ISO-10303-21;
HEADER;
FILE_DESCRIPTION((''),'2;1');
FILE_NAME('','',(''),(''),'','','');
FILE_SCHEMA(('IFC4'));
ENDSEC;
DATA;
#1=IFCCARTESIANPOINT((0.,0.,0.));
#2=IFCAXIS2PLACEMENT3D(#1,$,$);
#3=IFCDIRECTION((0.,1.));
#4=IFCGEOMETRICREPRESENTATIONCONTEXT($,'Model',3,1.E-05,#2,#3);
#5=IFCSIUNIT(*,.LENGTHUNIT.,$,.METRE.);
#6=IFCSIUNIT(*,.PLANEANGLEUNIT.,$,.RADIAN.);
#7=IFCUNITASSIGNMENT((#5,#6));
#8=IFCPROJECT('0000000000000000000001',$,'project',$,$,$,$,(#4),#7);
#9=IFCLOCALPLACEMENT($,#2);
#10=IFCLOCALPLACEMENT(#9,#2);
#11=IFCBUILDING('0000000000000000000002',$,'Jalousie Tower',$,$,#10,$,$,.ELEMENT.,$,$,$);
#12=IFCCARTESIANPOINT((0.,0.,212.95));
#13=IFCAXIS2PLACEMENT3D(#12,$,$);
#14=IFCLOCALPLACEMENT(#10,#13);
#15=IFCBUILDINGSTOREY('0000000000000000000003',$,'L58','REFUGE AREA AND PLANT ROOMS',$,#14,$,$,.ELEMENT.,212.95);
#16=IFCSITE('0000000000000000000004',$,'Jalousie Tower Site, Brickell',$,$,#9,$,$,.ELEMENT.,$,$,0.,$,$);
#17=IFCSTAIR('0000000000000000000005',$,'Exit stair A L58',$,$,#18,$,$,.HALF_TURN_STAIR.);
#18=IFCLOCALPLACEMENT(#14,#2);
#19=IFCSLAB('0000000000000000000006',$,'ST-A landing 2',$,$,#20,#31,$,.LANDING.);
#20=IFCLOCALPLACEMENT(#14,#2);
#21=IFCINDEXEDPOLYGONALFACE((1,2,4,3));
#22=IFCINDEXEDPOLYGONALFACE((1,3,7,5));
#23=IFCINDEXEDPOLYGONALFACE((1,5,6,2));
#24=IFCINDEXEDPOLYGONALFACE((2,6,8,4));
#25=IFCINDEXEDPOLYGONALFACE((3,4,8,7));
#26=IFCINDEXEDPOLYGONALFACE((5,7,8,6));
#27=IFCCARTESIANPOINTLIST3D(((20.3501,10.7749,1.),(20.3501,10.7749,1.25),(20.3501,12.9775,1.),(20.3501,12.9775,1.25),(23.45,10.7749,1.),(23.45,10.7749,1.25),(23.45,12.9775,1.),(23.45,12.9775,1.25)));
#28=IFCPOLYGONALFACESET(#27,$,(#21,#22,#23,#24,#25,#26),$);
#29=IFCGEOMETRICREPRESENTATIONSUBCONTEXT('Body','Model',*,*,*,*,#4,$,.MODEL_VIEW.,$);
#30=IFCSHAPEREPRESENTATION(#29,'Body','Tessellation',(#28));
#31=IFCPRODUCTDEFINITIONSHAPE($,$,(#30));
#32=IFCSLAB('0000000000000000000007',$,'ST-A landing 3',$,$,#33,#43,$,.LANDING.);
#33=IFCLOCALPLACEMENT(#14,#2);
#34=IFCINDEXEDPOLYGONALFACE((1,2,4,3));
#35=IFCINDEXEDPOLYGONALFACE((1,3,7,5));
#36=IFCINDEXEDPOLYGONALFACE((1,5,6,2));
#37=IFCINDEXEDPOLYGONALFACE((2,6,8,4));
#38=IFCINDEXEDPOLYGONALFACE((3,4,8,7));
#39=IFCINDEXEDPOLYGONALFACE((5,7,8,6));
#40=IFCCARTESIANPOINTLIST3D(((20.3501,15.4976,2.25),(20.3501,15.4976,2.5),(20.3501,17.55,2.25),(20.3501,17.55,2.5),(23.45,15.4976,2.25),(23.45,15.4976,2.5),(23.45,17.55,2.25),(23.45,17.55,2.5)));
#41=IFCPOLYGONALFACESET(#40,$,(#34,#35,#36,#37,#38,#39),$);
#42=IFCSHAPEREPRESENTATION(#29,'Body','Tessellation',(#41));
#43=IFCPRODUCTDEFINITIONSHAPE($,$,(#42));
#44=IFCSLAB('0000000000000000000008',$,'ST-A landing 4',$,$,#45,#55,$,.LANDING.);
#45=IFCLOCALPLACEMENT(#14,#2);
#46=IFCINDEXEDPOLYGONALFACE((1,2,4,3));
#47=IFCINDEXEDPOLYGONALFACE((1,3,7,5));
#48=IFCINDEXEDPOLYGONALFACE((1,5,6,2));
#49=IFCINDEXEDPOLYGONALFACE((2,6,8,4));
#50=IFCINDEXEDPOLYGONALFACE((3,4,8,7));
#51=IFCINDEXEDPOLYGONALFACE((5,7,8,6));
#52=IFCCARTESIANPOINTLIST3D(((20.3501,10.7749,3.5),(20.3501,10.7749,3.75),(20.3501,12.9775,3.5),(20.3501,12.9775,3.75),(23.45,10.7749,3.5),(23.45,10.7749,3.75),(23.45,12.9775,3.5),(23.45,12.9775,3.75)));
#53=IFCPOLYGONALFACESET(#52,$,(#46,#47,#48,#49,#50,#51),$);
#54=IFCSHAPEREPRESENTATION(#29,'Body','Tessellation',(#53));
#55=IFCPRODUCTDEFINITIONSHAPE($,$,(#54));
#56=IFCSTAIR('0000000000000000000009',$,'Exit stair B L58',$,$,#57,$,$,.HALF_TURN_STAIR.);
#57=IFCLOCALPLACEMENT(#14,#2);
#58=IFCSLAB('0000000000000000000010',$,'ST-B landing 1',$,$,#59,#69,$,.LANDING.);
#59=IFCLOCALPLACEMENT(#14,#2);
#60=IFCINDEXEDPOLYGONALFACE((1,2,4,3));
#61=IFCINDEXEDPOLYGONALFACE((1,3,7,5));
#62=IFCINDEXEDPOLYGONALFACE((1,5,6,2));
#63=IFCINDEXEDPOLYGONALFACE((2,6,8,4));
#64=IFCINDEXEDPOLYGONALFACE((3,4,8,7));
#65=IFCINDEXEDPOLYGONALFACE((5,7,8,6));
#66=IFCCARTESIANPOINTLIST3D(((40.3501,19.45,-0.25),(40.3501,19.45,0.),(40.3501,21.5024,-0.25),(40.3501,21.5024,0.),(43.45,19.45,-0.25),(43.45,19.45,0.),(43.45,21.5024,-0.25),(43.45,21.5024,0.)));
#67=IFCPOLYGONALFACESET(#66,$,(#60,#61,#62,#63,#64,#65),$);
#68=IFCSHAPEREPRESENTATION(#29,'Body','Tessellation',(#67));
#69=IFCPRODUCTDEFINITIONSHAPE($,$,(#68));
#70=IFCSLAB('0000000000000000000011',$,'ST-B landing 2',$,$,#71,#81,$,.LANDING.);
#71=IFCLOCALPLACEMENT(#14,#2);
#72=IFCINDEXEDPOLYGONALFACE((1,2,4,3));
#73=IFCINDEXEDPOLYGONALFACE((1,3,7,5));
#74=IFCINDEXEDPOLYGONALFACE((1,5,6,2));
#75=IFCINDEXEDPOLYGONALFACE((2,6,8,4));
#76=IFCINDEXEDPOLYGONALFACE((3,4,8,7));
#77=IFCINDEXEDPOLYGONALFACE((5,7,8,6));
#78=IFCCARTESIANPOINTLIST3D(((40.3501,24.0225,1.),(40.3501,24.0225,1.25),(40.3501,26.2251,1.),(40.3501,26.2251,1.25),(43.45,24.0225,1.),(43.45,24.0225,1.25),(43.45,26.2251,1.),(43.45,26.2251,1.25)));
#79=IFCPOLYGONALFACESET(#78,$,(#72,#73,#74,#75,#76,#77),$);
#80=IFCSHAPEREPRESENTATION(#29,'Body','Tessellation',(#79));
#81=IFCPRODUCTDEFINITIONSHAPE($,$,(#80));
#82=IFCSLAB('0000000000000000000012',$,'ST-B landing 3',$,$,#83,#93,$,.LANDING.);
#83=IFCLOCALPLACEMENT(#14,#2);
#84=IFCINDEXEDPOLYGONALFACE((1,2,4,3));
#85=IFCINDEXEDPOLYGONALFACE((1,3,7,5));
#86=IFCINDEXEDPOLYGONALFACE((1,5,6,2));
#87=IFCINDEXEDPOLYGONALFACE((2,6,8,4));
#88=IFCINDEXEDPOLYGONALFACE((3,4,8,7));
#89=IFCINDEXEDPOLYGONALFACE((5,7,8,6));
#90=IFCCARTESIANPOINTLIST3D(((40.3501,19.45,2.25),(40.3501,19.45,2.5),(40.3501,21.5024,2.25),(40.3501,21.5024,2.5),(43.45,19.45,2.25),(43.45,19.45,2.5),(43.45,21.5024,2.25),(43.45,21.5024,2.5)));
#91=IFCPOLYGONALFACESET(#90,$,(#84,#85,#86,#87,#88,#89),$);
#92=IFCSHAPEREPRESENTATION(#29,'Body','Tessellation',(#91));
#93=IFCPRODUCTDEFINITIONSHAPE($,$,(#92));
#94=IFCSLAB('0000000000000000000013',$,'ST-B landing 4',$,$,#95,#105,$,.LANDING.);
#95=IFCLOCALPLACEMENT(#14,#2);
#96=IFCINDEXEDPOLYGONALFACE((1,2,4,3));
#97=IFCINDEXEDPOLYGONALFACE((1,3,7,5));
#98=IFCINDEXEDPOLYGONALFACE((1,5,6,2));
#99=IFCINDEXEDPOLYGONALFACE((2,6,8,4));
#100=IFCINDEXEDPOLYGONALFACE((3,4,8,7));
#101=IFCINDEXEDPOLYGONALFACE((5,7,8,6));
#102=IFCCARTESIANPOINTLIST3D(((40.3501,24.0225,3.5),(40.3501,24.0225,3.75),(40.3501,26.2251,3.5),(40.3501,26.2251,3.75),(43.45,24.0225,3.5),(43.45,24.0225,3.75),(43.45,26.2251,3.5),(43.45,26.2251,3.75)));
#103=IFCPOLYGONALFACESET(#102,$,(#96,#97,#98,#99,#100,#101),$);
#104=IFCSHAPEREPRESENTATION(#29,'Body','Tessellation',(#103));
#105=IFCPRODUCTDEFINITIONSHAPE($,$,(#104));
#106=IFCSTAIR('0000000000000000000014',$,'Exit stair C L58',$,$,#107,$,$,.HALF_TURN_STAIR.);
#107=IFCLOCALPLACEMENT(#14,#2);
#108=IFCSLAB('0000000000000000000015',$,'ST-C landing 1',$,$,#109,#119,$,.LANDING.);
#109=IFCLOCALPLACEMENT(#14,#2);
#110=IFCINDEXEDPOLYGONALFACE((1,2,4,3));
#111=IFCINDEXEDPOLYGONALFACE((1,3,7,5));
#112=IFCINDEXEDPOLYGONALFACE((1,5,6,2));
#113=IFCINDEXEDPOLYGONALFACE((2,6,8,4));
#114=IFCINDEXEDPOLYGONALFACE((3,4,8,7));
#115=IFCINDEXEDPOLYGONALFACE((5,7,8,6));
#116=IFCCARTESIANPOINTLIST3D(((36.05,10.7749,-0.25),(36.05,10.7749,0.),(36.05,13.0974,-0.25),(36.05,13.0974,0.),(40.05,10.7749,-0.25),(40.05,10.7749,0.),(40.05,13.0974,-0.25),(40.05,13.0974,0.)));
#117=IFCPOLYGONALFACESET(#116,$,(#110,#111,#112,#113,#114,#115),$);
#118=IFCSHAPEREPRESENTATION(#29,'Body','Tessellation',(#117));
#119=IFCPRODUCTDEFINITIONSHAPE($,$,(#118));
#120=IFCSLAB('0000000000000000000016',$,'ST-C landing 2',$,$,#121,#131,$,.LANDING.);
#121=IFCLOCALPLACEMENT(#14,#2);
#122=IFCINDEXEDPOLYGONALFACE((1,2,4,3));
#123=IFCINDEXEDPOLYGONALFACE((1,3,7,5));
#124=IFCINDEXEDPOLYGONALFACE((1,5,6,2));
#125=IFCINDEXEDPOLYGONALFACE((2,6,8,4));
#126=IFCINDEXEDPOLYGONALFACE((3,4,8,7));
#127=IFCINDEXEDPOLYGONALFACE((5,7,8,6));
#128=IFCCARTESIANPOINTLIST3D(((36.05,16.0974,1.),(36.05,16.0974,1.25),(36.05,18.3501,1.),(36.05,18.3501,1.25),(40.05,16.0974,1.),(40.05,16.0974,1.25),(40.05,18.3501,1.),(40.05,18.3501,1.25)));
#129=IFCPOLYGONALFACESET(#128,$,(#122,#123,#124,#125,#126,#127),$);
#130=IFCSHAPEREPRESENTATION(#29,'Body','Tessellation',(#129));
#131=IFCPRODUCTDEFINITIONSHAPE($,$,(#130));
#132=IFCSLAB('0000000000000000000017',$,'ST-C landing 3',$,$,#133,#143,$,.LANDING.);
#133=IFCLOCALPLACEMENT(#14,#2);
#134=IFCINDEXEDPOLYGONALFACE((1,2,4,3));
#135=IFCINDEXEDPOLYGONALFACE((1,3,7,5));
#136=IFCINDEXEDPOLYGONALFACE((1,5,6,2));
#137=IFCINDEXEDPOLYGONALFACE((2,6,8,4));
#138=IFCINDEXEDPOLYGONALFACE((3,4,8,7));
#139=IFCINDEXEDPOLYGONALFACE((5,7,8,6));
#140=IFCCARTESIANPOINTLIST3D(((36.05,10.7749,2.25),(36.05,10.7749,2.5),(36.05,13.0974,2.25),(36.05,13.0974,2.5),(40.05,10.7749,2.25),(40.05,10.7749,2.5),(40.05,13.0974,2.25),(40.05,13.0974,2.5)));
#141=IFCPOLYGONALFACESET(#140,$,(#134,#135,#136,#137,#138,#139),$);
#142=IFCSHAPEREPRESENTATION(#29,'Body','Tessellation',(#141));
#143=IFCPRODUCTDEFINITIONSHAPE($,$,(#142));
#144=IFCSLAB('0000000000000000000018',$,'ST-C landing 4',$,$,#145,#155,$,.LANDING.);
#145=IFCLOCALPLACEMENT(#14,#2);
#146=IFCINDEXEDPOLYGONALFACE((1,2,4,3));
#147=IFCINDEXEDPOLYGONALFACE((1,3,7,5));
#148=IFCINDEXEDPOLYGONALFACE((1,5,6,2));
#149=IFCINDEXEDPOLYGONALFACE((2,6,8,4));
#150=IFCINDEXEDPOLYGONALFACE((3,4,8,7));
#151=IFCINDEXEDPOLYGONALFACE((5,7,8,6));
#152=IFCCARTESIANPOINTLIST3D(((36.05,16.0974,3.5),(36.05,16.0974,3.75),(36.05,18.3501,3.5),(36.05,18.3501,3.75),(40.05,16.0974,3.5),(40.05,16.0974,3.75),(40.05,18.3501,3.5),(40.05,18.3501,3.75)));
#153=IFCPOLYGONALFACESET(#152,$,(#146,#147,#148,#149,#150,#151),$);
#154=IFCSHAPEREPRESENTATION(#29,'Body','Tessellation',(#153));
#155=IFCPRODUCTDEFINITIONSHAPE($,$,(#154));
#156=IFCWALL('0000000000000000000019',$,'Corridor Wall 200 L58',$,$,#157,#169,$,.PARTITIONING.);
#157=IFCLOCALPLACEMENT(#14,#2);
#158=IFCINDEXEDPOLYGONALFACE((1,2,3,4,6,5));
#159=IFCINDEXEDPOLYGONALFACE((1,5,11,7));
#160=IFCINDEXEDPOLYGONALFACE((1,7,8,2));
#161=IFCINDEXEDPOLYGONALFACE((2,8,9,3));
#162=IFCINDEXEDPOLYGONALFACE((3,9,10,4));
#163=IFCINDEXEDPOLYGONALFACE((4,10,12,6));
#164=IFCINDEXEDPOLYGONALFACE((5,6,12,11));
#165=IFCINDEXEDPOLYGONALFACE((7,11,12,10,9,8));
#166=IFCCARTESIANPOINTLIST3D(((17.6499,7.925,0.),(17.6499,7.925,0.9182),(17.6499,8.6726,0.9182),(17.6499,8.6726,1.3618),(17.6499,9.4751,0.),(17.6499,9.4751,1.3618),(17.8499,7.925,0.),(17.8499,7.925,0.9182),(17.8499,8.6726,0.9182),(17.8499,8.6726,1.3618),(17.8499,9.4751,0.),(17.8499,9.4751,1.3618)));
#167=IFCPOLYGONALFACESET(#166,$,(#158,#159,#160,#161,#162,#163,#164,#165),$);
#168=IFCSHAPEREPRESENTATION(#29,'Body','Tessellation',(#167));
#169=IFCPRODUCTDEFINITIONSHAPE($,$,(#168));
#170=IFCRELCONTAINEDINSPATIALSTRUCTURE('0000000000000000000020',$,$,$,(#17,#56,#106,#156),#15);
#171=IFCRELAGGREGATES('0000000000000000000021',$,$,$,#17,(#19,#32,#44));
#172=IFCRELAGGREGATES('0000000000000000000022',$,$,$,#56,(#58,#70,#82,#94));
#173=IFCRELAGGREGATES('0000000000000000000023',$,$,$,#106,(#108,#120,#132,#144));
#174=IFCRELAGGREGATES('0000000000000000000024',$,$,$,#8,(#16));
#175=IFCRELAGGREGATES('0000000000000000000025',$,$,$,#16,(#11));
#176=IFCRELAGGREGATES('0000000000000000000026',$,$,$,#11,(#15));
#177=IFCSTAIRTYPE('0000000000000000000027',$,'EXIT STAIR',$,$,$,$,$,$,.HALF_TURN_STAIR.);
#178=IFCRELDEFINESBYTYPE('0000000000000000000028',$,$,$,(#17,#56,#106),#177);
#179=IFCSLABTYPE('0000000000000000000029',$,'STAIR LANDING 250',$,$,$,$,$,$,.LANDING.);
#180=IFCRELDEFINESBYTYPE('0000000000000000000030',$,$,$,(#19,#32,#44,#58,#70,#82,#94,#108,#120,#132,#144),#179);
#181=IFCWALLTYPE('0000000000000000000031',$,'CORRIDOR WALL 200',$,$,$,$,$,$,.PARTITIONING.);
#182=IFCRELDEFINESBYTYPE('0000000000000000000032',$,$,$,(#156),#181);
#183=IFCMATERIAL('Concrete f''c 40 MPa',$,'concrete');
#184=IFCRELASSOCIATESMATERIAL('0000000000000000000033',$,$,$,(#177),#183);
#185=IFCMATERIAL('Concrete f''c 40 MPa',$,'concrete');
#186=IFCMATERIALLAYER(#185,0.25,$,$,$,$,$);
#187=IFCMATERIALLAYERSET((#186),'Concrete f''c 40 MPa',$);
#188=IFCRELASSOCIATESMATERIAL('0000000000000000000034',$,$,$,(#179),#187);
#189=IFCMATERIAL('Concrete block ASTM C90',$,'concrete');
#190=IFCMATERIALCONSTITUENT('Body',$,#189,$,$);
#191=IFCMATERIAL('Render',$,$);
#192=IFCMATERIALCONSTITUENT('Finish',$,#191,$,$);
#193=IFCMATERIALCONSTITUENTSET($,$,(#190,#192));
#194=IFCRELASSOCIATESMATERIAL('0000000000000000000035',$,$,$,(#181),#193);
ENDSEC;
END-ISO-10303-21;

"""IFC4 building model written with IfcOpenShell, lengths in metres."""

from ifc_helpers import new_model, si_unit, direction, frame, origin, place, context, subcontext, project, spatial, polyline, outline, extrude, material, layer, layer_set, constituent, constituent_set, type_object, element, aggregate, save


model = new_model("IFC4")

# Units and contexts
model_context = context("Model", 3, precision=1e-05, world=origin(), true_north=direction((0.0, 1.0)))
body_context = subcontext(model_context, "Body", "Model", "MODEL_VIEW")
ifc_project = project(units=[si_unit("LENGTHUNIT", "METRE"), si_unit("PLANEANGLEUNIT", "RADIAN")], contexts=[model_context])

# Site, building, storey
site_placement = place(None, origin())
site = spatial("IfcSite", under=ifc_project, at=site_placement, Name="Jalousie Tower Site, Brickell", CompositionType="ELEMENT", RefElevation=0.0)
building_placement = place(site_placement, origin())
building = spatial("IfcBuilding", under=site, at=building_placement, Name="Jalousie Tower", CompositionType="ELEMENT")
storey_placement = place(building_placement, frame((0.0, 0.0, 212.95)))
storey = spatial("IfcBuildingStorey", under=building, at=storey_placement, Name="L58", Description="REFUGE AREA AND PLANT ROOMS", CompositionType="ELEMENT", Elevation=212.95)

# Stairs, slabs
ifc_material_1 = material(Name="Concrete f'c 40 MPa", Category="concrete")
stair_type = type_object("IfcStairType", Name="EXIT STAIR", PredefinedType="HALF_TURN_STAIR", material=ifc_material_1)
stair_1_placement = place(storey_placement, origin())
stair_1 = element("IfcStair", 1, at=stair_1_placement, inside=storey, type_object=stair_type, Name="Exit stair A L58", PredefinedType="HALF_TURN_STAIR")
ifc_material_2 = material(Name="Concrete f'c 40 MPa", Category="concrete")
ifc_layer_1 = layer(ifc_material_2, 0.25)
ifc_layer_set_1 = layer_set([ifc_layer_1], Name="Concrete f'c 40 MPa")
slab_type_1 = type_object("IfcSlabType", Name="STAIR LANDING 250", PredefinedType="LANDING", material=ifc_layer_set_1)
slab_1_placement = place(storey_placement, frame((0.0, 0.0, 1.0)))
slab_1 = element("IfcSlab", 2, at=slab_1_placement, type_object=slab_type_1, Name="ST-A landing 2", PredefinedType="LANDING", context=body_context, shape_type="SweptSolid", body=[
    extrude(outline(polyline([(20.3501, 10.7749), (23.45, 10.7749), (23.45, 12.9775), (20.3501, 12.9775), (20.3501, 10.7749)])), origin(), (0.0, 0.0, 1.0), 0.25),
])
slab_2_placement = place(storey_placement, frame((0.0, 0.0, 2.25)))
slab_2 = element("IfcSlab", 3, at=slab_2_placement, type_object=slab_type_1, Name="ST-A landing 3", PredefinedType="LANDING", context=body_context, shape_type="SweptSolid", body=[
    extrude(outline(polyline([(20.3501, 15.4976), (23.45, 15.4976), (23.45, 17.55), (20.3501, 17.55), (20.3501, 15.4976)])), origin(), (0.0, 0.0, 1.0), 0.25),
])
slab_3_placement = place(storey_placement, frame((0.0, 0.0, 3.5)))
slab_3 = element("IfcSlab", 4, at=slab_3_placement, type_object=slab_type_1, Name="ST-A landing 4", PredefinedType="LANDING", context=body_context, shape_type="SweptSolid", body=[
    extrude(outline(polyline([(20.3501, 10.7749), (23.45, 10.7749), (23.45, 12.9775), (20.3501, 12.9775), (20.3501, 10.7749)])), origin(), (0.0, 0.0, 1.0), 0.25),
])
aggregate(stair_1, [slab_1, slab_2, slab_3])
stair_2_placement = place(storey_placement, origin())
stair_2 = element("IfcStair", 5, at=stair_2_placement, inside=storey, type_object=stair_type, Name="Exit stair B L58", PredefinedType="HALF_TURN_STAIR")
slab_4_placement = place(storey_placement, frame((0.0, 0.0, -0.25)))
slab_4 = element("IfcSlab", 6, at=slab_4_placement, type_object=slab_type_1, Name="ST-B landing 1", PredefinedType="LANDING", context=body_context, shape_type="SweptSolid", body=[
    extrude(outline(polyline([(40.3501, 19.45), (43.45, 19.45), (43.45, 21.5024), (40.3501, 21.5024), (40.3501, 19.45)])), origin(), (0.0, 0.0, 1.0), 0.25),
])
slab_5_placement = place(storey_placement, frame((0.0, 0.0, 1.0)))
slab_5 = element("IfcSlab", 7, at=slab_5_placement, type_object=slab_type_1, Name="ST-B landing 2", PredefinedType="LANDING", context=body_context, shape_type="SweptSolid", body=[
    extrude(outline(polyline([(40.3501, 24.0225), (43.45, 24.0225), (43.45, 26.2251), (40.3501, 26.2251), (40.3501, 24.0225)])), origin(), (0.0, 0.0, 1.0), 0.25),
])
slab_6_placement = place(storey_placement, frame((0.0, 0.0, 2.25)))
slab_6 = element("IfcSlab", 8, at=slab_6_placement, type_object=slab_type_1, Name="ST-B landing 3", PredefinedType="LANDING", context=body_context, shape_type="SweptSolid", body=[
    extrude(outline(polyline([(40.3501, 19.45), (43.45, 19.45), (43.45, 21.5024), (40.3501, 21.5024), (40.3501, 19.45)])), origin(), (0.0, 0.0, 1.0), 0.25),
])
slab_7_placement = place(storey_placement, frame((0.0, 0.0, 3.5)))
slab_7 = element("IfcSlab", 9, at=slab_7_placement, type_object=slab_type_1, Name="ST-B landing 4", PredefinedType="LANDING", context=body_context, shape_type="SweptSolid", body=[
    extrude(outline(polyline([(40.3501, 24.0225), (43.45, 24.0225), (43.45, 26.2251), (40.3501, 26.2251), (40.3501, 24.0225)])), origin(), (0.0, 0.0, 1.0), 0.25),
])
aggregate(stair_2, [slab_4, slab_5, slab_6, slab_7])
stair_3_placement = place(storey_placement, origin())
stair_3 = element("IfcStair", 10, at=stair_3_placement, inside=storey, type_object=stair_type, Name="Exit stair C L58", PredefinedType="HALF_TURN_STAIR")
slab_8_placement = place(storey_placement, frame((0.0, 0.0, -0.25)))
slab_8 = element("IfcSlab", 11, at=slab_8_placement, type_object=slab_type_1, Name="ST-C landing 1", PredefinedType="LANDING", context=body_context, shape_type="SweptSolid", body=[
    extrude(outline(polyline([(36.05, 10.7749), (40.05, 10.7749), (40.05, 13.0974), (36.05, 13.0974), (36.05, 10.7749)])), origin(), (0.0, 0.0, 1.0), 0.25),
])
slab_9_placement = place(storey_placement, frame((0.0, 0.0, 1.0)))
slab_9 = element("IfcSlab", 12, at=slab_9_placement, type_object=slab_type_1, Name="ST-C landing 2", PredefinedType="LANDING", context=body_context, shape_type="SweptSolid", body=[
    extrude(outline(polyline([(36.05, 16.0974), (40.05, 16.0974), (40.05, 18.3501), (36.05, 18.3501), (36.05, 16.0974)])), origin(), (0.0, 0.0, 1.0), 0.25),
])
slab_10_placement = place(storey_placement, frame((0.0, 0.0, 2.25)))
slab_10 = element("IfcSlab", 13, at=slab_10_placement, type_object=slab_type_1, Name="ST-C landing 3", PredefinedType="LANDING", context=body_context, shape_type="SweptSolid", body=[
    extrude(outline(polyline([(36.05, 10.7749), (40.05, 10.7749), (40.05, 13.0974), (36.05, 13.0974), (36.05, 10.7749)])), origin(), (0.0, 0.0, 1.0), 0.25),
])
slab_11_placement = place(storey_placement, frame((0.0, 0.0, 3.5)))
slab_11 = element("IfcSlab", 14, at=slab_11_placement, type_object=slab_type_1, Name="ST-C landing 4", PredefinedType="LANDING", context=body_context, shape_type="SweptSolid", body=[
    extrude(outline(polyline([(36.05, 16.0974), (40.05, 16.0974), (40.05, 18.3501), (36.05, 18.3501), (36.05, 16.0974)])), origin(), (0.0, 0.0, 1.0), 0.25),
])
aggregate(stair_3, [slab_8, slab_9, slab_10, slab_11])

# Wall
ifc_material_3 = material(Name="Concrete block ASTM C90", Category="concrete")
ifc_constituent_1 = constituent(ifc_material_3, Name="Body")
ifc_material_4 = material(Name="Render")
ifc_constituent_2 = constituent(ifc_material_4, Name="Finish")
ifc_constituent_set_1 = constituent_set(constituents=[ifc_constituent_1, ifc_constituent_2])
wall_type_1 = type_object("IfcWallType", Name="CORRIDOR WALL 200", PredefinedType="PARTITIONING", material=ifc_constituent_set_1)
wall_1_placement = place(storey_placement, frame((17.75, 7.925, 0.0), z_axis=(0.0, 0.0, 1.0), x_axis=(0.0, 1.0, 0.0)))
element("IfcWall", 15, at=wall_1_placement, inside=storey, type_object=wall_type_1, Name="Corridor Wall 200 L58", PredefinedType="PARTITIONING", context=body_context, shape_type="SweptSolid", body=[
    extrude(outline(polyline([(0.0, 0.0), (1.55, 0.0), (1.55, 1.3618), (0.7476, 1.3618), (0.7476, 0.9182), (0.0, 0.9182), (0.0, 0.0)])), frame((0.0, 0.1001, 0.0), z_axis=(0.0, -1.0, 0.0), x_axis=(1.0, 0.0, 0.0)), (0.0, 0.0, 1.0), 0.2),
])

save(model, "model.ifc")
